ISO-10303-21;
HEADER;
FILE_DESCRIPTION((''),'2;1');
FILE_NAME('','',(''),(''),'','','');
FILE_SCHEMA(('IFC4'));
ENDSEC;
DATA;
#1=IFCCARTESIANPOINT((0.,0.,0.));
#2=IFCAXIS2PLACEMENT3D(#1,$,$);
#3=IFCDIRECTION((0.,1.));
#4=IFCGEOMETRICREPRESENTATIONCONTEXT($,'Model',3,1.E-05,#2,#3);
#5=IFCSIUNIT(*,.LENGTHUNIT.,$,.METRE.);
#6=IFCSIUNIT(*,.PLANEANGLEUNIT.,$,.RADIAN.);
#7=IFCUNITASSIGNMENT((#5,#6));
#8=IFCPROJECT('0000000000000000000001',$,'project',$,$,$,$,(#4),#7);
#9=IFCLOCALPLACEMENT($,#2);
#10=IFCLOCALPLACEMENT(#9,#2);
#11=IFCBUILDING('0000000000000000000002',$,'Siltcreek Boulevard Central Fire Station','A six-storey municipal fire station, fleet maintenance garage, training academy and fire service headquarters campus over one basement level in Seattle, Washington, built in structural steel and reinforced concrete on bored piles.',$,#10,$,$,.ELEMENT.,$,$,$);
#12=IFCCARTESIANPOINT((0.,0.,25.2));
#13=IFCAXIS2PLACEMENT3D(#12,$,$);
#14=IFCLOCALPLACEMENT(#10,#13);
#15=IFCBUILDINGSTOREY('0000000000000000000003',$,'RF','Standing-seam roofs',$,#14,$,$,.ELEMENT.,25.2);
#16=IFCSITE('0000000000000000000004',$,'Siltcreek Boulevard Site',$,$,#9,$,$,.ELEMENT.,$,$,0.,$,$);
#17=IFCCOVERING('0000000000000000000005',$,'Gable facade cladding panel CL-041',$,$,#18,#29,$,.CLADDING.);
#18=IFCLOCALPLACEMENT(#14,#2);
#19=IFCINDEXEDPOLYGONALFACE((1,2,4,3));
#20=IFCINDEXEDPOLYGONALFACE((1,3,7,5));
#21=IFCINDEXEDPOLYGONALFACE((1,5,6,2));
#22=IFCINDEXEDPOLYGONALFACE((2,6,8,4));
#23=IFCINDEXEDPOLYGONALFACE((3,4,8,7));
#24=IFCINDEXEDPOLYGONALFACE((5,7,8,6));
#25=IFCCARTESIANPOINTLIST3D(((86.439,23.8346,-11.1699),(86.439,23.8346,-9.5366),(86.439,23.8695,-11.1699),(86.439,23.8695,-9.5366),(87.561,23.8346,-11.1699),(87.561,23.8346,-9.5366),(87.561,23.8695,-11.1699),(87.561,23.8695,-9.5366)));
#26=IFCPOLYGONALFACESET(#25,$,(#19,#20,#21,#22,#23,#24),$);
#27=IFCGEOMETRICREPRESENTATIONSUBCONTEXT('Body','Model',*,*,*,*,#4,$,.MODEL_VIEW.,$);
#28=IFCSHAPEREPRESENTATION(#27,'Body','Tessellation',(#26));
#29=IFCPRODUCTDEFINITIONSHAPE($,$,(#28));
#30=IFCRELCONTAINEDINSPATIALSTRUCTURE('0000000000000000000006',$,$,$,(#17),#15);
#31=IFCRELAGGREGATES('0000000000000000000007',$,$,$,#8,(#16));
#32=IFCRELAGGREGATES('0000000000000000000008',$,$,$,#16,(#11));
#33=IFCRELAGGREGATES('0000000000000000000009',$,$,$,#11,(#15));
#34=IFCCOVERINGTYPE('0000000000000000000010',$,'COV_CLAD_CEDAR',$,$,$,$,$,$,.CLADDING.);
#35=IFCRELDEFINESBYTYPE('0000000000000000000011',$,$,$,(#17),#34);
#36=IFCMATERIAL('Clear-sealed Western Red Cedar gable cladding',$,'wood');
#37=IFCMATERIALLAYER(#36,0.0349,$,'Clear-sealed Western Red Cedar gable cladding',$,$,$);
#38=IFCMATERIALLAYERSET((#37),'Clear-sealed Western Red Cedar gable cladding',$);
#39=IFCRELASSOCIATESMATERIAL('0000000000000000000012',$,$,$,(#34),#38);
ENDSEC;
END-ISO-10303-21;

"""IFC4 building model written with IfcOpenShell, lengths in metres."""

from ifc_helpers import new_model, si_unit, direction, frame, origin, origin_2d, place, context, subcontext, project, spatial, rectangle, extrude, material, layer, layer_set, type_object, element, save


model = new_model("IFC4")

# Units and contexts
model_context = context("Model", 3, precision=1e-05, world=origin(), true_north=direction((0.0, 1.0)))
body_context = subcontext(model_context, "Body", "Model", "MODEL_VIEW")
ifc_project = project(units=[si_unit("LENGTHUNIT", "METRE"), si_unit("PLANEANGLEUNIT", "RADIAN")], contexts=[model_context])

# Site, building, storey
site_placement = place(None, origin())
site = spatial("IfcSite", under=ifc_project, at=site_placement, Name="Siltcreek Boulevard Site", CompositionType="ELEMENT", RefElevation=0.0)
building_placement = place(site_placement, origin())
building = spatial("IfcBuilding", under=site, at=building_placement, Name="Siltcreek Boulevard Central Fire Station", Description="A six-storey municipal fire station, fleet maintenance garage, training academy and fire service headquarters campus over one basement level in Seattle, Washington, built in structural steel and reinforced concrete on bored piles.", CompositionType="ELEMENT")
storey_placement = place(building_placement, frame((0.0, 0.0, 25.2)))
storey = spatial("IfcBuildingStorey", under=building, at=storey_placement, Name="RF", Description="Standing-seam roofs", CompositionType="ELEMENT", Elevation=25.2)

# Covering
ifc_material_1 = material(Name="Clear-sealed Western Red Cedar gable cladding", Category="wood")
ifc_layer_1 = layer(ifc_material_1, 0.0349, Name="Clear-sealed Western Red Cedar gable cladding")
ifc_layer_set_1 = layer_set([ifc_layer_1], Name="Clear-sealed Western Red Cedar gable cladding")
covering_type = type_object("IfcCoveringType", Name="COV_CLAD_CEDAR", PredefinedType="CLADDING", material=ifc_layer_set_1)
covering_placement = place(storey_placement, frame((87.0, 23.8521, -11.1699), z_axis=(0.0, 0.0, 1.0), x_axis=(1.0, 0.0, 0.0)))
element("IfcCovering", 1, at=covering_placement, inside=storey, type_object=covering_type, Name="Gable facade cladding panel CL-041", PredefinedType="CLADDING", context=body_context, shape_type="SweptSolid", body=[
    extrude(rectangle(XDim=1.1221, YDim=0.0349, at=origin_2d()), origin(), (0.0, 0.0, 1.0), 1.6333),
])

save(model, "model.ifc")
